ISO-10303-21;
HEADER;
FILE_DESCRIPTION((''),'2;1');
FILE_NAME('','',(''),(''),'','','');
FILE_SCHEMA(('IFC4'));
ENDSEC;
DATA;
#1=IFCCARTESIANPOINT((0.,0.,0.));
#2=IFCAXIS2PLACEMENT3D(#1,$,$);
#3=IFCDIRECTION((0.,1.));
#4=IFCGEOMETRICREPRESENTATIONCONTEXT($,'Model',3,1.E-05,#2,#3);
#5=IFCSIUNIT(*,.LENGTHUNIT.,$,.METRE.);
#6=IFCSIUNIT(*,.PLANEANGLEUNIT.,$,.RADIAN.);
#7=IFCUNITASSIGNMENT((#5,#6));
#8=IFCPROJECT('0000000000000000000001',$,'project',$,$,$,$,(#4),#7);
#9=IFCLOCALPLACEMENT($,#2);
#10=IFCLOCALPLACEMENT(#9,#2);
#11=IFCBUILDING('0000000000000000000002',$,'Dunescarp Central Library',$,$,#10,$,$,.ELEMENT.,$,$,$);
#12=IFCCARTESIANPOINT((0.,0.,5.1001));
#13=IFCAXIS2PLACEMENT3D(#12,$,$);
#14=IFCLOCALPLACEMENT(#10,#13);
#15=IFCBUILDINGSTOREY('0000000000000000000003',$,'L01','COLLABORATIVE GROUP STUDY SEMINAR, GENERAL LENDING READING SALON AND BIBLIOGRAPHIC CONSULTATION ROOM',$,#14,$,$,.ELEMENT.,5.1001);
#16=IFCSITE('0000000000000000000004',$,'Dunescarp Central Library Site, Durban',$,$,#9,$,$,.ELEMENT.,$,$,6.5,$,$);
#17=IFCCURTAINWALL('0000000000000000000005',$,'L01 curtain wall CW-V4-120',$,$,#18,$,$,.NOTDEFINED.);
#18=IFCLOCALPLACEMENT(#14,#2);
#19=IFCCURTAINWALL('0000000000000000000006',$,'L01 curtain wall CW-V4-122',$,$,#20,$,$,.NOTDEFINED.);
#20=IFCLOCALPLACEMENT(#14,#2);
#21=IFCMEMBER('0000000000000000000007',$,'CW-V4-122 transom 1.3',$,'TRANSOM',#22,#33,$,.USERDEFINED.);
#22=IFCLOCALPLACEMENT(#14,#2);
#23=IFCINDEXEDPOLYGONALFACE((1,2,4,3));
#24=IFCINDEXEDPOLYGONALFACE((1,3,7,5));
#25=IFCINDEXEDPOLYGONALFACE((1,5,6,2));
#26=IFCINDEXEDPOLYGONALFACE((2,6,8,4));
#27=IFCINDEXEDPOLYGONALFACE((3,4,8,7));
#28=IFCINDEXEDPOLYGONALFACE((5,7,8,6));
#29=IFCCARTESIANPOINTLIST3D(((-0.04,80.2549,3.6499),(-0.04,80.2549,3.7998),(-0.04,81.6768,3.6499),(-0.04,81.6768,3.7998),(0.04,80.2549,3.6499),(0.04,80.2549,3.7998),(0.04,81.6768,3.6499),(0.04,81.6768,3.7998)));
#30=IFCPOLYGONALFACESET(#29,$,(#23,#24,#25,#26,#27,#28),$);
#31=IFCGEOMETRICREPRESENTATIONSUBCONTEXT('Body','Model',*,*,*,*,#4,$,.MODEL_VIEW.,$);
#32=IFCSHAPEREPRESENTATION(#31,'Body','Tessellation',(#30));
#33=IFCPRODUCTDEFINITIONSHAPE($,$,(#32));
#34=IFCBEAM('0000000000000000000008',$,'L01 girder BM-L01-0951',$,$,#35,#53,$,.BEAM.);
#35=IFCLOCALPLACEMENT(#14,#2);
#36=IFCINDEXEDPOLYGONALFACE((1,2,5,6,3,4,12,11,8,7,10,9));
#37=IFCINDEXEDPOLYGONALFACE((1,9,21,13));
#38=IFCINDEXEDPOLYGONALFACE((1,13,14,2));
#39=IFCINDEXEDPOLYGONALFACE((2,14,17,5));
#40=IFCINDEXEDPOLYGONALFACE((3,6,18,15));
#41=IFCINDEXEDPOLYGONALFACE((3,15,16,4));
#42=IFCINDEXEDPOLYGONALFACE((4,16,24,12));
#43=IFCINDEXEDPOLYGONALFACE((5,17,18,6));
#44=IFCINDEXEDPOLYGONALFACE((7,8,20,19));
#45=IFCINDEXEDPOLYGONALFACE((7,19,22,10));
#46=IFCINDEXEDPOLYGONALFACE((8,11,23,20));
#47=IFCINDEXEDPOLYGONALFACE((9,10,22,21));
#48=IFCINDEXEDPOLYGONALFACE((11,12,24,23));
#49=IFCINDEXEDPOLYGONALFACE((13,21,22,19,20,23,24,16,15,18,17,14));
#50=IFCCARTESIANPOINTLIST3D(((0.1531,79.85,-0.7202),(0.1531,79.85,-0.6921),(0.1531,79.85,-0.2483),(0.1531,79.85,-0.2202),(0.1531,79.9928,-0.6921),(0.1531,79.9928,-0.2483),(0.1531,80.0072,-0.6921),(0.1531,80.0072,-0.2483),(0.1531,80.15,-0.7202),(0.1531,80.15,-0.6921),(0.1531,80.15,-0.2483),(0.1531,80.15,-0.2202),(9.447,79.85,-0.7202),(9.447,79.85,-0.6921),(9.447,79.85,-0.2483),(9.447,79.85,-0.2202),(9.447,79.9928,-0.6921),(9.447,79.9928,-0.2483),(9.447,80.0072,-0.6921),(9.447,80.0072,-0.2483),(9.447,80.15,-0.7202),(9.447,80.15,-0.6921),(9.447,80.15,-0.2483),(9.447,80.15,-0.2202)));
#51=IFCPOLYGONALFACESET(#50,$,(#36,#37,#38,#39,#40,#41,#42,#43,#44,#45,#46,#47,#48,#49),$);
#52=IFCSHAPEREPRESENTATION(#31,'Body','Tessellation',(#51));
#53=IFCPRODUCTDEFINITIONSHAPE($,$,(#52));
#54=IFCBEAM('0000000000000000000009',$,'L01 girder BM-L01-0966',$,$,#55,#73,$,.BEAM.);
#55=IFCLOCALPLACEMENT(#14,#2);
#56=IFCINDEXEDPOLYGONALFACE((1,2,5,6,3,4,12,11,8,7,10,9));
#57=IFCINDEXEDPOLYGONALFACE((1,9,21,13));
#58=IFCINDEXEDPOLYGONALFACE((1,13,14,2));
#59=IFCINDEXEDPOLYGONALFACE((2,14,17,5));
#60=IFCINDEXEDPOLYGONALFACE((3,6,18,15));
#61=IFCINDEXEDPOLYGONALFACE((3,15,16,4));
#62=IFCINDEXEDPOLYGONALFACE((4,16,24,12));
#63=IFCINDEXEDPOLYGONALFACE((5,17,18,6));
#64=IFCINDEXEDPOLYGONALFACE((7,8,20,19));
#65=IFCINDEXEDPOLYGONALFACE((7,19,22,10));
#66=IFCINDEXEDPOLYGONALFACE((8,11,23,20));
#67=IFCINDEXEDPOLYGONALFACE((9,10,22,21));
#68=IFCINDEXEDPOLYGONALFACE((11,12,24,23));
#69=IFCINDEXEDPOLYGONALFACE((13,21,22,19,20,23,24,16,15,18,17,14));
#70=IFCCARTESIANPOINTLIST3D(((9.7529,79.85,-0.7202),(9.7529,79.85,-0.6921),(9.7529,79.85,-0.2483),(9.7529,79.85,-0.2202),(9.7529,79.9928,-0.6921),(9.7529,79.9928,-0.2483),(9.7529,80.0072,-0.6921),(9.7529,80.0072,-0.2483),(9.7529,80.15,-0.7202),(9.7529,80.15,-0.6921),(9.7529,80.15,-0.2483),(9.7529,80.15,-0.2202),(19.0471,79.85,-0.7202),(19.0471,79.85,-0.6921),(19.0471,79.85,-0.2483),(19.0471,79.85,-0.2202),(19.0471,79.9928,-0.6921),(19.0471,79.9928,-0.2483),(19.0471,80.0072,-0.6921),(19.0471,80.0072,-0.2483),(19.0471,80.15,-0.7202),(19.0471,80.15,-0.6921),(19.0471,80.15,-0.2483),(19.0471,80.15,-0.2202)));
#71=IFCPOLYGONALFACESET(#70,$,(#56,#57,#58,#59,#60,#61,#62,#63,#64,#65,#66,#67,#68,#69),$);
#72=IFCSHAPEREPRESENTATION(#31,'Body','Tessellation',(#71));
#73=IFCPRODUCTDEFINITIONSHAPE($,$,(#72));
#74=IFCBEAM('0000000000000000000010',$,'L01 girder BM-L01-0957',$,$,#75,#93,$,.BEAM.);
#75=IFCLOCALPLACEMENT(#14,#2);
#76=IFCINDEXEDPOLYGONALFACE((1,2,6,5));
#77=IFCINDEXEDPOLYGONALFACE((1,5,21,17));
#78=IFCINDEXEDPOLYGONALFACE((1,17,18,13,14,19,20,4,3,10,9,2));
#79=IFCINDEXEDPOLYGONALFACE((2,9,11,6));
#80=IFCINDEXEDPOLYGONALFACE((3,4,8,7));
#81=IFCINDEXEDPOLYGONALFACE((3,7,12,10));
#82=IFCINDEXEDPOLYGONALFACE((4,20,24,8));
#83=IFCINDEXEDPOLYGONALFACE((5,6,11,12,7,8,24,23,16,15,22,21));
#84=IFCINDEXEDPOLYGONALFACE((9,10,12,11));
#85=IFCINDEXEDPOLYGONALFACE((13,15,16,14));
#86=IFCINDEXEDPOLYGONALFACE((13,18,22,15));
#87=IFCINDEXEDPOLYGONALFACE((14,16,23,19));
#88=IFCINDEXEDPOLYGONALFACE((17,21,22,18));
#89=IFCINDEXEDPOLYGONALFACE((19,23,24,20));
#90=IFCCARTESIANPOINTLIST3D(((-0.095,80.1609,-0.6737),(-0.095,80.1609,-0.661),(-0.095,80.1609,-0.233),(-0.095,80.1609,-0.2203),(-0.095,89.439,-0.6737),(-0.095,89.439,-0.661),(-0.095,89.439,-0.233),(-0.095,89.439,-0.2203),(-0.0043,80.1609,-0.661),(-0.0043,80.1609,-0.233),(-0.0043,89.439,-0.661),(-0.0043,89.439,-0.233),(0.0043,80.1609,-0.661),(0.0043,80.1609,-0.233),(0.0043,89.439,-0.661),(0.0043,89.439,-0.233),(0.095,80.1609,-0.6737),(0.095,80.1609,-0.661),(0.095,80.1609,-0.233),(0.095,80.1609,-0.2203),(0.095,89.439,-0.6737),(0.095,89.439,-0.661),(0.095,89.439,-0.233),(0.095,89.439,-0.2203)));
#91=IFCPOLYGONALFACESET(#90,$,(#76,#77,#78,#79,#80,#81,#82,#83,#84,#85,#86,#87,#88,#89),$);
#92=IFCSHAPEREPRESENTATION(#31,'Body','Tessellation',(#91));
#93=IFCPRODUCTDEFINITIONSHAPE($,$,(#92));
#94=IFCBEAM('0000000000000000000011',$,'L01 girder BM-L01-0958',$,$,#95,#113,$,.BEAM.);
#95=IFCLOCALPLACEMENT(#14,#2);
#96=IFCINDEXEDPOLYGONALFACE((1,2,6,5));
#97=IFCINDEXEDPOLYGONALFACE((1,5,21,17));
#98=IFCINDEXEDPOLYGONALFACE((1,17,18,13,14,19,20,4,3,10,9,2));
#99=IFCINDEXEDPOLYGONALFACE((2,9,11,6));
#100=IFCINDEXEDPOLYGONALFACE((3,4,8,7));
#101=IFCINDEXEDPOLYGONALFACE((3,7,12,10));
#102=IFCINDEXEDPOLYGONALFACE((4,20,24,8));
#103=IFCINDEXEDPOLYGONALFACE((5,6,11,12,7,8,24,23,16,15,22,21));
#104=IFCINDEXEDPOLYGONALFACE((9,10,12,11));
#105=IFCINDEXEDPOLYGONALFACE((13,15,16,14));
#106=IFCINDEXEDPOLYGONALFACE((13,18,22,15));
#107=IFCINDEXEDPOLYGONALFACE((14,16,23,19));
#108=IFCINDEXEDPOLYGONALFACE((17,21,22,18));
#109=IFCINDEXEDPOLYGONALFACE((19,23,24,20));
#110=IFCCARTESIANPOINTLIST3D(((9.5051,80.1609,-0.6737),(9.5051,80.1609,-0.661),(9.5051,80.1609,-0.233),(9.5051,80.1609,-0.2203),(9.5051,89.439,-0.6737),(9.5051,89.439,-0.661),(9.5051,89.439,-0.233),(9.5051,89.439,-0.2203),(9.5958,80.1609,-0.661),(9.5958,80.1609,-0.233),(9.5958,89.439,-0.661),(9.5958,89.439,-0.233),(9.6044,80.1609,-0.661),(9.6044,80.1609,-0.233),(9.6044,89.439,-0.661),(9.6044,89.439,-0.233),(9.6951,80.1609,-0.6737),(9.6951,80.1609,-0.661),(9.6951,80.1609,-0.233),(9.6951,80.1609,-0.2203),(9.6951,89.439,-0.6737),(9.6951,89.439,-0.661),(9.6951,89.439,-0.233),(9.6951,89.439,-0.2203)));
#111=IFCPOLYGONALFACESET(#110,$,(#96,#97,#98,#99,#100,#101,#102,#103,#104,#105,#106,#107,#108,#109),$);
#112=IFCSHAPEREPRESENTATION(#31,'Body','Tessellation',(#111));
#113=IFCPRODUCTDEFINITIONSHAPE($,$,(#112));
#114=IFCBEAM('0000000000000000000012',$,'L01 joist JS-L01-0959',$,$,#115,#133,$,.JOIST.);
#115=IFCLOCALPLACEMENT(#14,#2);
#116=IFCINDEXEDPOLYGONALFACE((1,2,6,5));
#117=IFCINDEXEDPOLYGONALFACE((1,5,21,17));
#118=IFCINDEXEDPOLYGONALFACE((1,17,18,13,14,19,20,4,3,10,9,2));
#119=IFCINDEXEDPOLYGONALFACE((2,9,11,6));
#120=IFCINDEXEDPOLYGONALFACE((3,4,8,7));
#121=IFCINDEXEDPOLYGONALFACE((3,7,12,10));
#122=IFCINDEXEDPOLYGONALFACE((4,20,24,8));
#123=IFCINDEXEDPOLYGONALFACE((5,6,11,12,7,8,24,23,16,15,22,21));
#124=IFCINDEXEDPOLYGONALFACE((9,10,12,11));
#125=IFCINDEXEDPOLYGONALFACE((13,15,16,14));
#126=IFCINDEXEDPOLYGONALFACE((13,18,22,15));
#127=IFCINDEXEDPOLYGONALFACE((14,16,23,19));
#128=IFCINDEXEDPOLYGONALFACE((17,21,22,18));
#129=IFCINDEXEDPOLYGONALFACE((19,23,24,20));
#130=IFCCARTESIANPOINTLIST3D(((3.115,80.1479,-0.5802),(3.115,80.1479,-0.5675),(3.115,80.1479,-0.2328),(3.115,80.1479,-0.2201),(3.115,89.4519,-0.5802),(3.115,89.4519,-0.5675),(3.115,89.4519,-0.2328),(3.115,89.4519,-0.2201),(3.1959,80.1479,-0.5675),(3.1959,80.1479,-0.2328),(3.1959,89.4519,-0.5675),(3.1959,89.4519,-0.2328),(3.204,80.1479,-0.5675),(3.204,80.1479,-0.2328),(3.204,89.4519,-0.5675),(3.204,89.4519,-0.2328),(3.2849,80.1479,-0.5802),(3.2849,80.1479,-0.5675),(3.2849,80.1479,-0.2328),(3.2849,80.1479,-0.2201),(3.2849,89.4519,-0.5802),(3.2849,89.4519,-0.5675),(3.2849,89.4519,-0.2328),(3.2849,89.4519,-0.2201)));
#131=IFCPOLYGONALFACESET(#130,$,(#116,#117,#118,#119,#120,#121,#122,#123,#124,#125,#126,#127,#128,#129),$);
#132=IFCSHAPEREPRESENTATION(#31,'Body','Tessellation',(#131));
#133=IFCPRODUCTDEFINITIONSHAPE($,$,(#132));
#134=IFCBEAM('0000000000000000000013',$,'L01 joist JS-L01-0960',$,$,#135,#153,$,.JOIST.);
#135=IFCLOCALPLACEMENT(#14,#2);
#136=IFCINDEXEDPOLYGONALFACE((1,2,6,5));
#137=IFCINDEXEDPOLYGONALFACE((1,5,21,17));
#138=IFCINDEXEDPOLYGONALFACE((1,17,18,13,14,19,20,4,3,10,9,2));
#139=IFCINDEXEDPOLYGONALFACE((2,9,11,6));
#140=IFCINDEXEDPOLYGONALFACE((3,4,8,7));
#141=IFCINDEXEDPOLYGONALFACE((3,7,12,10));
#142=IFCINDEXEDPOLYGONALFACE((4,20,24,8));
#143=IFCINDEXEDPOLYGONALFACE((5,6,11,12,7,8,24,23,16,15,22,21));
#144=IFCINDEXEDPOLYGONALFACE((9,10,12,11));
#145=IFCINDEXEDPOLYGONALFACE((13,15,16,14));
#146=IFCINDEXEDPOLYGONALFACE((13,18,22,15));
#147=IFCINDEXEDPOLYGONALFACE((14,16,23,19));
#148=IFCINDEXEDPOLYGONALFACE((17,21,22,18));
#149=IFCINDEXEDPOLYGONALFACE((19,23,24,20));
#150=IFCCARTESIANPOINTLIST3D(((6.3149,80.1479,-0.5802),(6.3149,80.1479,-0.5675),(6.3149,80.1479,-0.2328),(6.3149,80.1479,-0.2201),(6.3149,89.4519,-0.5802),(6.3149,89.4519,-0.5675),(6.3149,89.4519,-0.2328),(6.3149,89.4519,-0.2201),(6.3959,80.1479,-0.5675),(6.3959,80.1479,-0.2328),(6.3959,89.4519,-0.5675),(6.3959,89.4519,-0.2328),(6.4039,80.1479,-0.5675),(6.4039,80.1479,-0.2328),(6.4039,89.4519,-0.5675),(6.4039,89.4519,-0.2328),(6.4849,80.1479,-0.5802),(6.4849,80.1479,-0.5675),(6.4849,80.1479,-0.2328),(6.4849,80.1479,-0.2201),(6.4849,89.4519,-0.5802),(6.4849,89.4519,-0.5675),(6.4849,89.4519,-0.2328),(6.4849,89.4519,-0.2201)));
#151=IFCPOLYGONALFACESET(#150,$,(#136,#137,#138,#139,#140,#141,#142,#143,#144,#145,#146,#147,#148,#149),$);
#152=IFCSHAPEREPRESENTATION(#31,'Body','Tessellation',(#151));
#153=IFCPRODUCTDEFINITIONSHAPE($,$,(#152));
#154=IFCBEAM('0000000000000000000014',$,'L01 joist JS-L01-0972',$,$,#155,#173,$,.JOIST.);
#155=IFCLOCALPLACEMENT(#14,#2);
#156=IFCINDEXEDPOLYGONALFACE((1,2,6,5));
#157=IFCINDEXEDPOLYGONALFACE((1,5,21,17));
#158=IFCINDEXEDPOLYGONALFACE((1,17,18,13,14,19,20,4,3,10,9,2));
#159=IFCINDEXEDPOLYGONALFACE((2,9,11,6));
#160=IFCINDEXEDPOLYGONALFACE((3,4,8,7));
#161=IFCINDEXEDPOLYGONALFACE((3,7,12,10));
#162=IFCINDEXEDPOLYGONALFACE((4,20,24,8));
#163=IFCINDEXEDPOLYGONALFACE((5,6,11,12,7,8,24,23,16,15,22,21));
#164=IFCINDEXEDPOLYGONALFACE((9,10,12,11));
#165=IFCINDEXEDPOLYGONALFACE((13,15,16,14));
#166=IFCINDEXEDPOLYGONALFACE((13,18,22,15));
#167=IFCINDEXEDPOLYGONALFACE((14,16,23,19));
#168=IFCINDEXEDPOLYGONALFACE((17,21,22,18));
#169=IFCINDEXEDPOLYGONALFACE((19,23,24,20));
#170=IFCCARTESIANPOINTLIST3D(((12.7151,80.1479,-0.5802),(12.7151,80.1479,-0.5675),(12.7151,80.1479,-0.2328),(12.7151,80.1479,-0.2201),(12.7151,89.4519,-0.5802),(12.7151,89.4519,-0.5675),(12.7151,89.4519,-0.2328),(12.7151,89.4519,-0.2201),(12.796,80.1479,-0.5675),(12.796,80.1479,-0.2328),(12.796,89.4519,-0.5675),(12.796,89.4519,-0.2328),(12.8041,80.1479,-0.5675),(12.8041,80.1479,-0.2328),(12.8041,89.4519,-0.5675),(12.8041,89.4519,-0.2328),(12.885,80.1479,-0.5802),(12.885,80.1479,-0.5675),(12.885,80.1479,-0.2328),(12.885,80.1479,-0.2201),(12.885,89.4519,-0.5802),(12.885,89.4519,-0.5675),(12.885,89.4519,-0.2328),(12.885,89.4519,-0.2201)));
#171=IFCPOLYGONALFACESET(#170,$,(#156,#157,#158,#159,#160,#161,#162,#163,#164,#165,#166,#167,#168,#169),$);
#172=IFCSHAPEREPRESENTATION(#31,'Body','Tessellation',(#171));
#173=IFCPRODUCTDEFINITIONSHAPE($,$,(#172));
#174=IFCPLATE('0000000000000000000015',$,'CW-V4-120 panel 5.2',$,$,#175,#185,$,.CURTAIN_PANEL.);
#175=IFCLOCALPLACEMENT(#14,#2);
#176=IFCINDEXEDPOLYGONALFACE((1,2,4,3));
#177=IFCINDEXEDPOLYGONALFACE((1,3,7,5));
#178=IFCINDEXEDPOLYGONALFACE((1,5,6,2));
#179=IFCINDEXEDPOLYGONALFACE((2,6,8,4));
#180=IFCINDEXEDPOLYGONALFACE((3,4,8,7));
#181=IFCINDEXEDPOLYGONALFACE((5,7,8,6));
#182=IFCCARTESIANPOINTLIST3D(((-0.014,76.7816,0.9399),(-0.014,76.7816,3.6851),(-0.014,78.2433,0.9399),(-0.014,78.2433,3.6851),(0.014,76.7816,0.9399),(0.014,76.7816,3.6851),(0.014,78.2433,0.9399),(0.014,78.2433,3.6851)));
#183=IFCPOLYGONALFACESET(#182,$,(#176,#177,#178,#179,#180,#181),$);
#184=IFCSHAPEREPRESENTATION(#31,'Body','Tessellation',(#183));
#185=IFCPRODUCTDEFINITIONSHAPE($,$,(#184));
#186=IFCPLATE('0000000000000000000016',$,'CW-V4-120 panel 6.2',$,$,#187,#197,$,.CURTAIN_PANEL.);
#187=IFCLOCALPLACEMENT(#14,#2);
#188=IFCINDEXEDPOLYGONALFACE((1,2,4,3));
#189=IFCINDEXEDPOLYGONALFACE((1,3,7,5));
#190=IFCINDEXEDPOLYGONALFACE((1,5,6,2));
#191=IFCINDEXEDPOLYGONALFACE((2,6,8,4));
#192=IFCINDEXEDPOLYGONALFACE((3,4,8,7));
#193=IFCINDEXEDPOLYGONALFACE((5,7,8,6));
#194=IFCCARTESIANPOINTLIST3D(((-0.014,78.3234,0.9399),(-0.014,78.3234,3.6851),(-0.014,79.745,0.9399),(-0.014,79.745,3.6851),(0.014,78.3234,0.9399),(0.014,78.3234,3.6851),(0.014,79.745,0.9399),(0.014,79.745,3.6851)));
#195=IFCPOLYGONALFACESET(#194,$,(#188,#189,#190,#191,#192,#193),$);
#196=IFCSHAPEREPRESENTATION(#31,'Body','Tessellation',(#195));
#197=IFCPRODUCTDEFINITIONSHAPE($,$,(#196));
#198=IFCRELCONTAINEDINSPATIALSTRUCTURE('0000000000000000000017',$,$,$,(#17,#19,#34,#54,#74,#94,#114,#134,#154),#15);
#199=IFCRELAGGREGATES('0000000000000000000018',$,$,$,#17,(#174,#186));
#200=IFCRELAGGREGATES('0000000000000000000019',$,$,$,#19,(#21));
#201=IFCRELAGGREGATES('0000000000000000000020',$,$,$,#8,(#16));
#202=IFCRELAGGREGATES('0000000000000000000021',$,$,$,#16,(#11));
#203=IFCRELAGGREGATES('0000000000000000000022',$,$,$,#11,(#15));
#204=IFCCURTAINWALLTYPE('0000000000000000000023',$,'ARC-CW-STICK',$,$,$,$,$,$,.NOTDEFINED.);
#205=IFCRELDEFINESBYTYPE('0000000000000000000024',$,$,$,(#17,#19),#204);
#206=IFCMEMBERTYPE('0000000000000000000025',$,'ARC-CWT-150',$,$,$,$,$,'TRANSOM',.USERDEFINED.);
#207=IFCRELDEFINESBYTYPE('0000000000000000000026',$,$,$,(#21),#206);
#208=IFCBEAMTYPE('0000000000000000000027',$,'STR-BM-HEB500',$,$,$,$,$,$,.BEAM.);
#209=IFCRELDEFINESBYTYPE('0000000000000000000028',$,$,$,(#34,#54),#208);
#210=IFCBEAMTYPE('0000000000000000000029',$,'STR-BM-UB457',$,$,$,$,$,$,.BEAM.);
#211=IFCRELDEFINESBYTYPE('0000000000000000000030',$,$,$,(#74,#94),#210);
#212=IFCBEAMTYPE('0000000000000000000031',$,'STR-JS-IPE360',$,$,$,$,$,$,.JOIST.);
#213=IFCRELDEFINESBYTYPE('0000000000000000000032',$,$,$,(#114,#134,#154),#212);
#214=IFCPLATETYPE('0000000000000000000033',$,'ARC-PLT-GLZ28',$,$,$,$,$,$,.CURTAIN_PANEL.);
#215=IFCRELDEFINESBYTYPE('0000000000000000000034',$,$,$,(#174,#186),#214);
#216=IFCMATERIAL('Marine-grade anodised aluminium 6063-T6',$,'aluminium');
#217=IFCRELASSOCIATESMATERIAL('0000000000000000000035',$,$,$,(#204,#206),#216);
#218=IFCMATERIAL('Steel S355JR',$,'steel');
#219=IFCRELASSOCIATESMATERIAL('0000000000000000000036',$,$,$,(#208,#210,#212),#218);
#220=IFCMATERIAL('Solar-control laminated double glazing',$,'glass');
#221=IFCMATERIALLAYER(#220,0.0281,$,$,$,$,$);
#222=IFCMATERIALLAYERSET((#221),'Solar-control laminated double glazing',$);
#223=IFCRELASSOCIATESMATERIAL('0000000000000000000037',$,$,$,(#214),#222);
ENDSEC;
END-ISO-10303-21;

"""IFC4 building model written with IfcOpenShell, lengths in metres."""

from ifc_helpers import new_model, si_unit, direction, frame, origin, origin_2d, place, context, subcontext, project, spatial, rectangle, i_section, extrude, material, layer, layer_set, material_profile, profile_set, type_object, element, aggregate, save


model = new_model("IFC4")

# Units and contexts
model_context = context("Model", 3, precision=1e-05, world=origin(), true_north=direction((0.0, 1.0)))
body_context = subcontext(model_context, "Body", "Model", "MODEL_VIEW")
ifc_project = project(units=[si_unit("LENGTHUNIT", "METRE"), si_unit("PLANEANGLEUNIT", "RADIAN")], contexts=[model_context])

# Site, building, storey
site_placement = place(None, origin())
site = spatial("IfcSite", under=ifc_project, at=site_placement, Name="Dunescarp Central Library Site, Durban", CompositionType="ELEMENT", RefElevation=6.5)
building_placement = place(site_placement, origin())
building = spatial("IfcBuilding", under=site, at=building_placement, Name="Dunescarp Central Library", CompositionType="ELEMENT")
storey_placement = place(building_placement, frame((0.0, 0.0, 5.1001)))
storey = spatial("IfcBuildingStorey", under=building, at=storey_placement, Name="L01", Description="COLLABORATIVE GROUP STUDY SEMINAR, GENERAL LENDING READING SALON AND BIBLIOGRAPHIC CONSULTATION ROOM", CompositionType="ELEMENT", Elevation=5.1001)

# Shared definitions
ifc_material_1 = material(Name="Steel S355JR", Category="steel")

# Curtain walls
ifc_material_2 = material(Name="Marine-grade anodised aluminium 6063-T6", Category="aluminium")
curtain_wall_type = type_object("IfcCurtainWallType", Name="ARC-CW-STICK", PredefinedType="NOTDEFINED", material=ifc_material_2)
curtain_wall_1_placement = place(storey_placement, origin())
curtain_wall_1 = element("IfcCurtainWall", 1, at=curtain_wall_1_placement, inside=storey, type_object=curtain_wall_type, Name="L01 curtain wall CW-V4-120", PredefinedType="NOTDEFINED")
curtain_wall_2_placement = place(storey_placement, origin())
curtain_wall_2 = element("IfcCurtainWall", 2, at=curtain_wall_2_placement, inside=storey, type_object=curtain_wall_type, Name="L01 curtain wall CW-V4-122", PredefinedType="NOTDEFINED")

# Member
ifc_material_profile_1 = material_profile(ifc_material_2, rectangle(XDim=0.0801, YDim=0.1499, at=origin_2d()), Name="AL 80x150")
ifc_profile_set_1 = profile_set([ifc_material_profile_1], Name="Marine-grade anodised aluminium 6063-T6")
member_type_1 = type_object("IfcMemberType", Name="ARC-CWT-150", ElementType="TRANSOM", PredefinedType="USERDEFINED", material=ifc_profile_set_1)
member_1_placement = place(storey_placement, frame((0.0, 80.2549, 3.7249), z_axis=(0.0, 1.0, 0.0), x_axis=(-1.0, 0.0, 0.0)))
member_1 = element("IfcMember", 3, at=member_1_placement, type_object=member_type_1, Name="CW-V4-122 transom 1.3", ObjectType="TRANSOM", PredefinedType="USERDEFINED", context=body_context, shape_type="SweptSolid", body=[
    extrude(rectangle(XDim=0.0801, YDim=0.1499, at=origin_2d()), origin(), (0.0, 0.0, 1.0), 1.4219),
])

# Beams
ifc_material_profile_2 = material_profile(ifc_material_1, i_section(OverallWidth=0.3, OverallDepth=0.5, WebThickness=0.0144, FlangeThickness=0.0281, at=origin_2d()), Name="HEB 500")
ifc_profile_set_2 = profile_set([ifc_material_profile_2], Name="Steel S355JR")
beam_type_1 = type_object("IfcBeamType", Name="STR-BM-HEB500", PredefinedType="BEAM", material=ifc_profile_set_2)
beam_1_placement = place(storey_placement, frame((0.1531, 80.0, -0.4702), z_axis=(1.0, 0.0, 0.0), x_axis=(0.0, 1.0, 0.0)))
element("IfcBeam", 4, at=beam_1_placement, inside=storey, type_object=beam_type_1, Name="L01 girder BM-L01-0951", PredefinedType="BEAM", context=body_context, shape_type="SweptSolid", body=[
    extrude(i_section(OverallWidth=0.3, OverallDepth=0.5, WebThickness=0.0144, FlangeThickness=0.0281, at=origin_2d()), origin(), (0.0, 0.0, 1.0), 9.2939),
])
beam_2_placement = place(storey_placement, frame((9.7529, 80.0, -0.4702), z_axis=(1.0, 0.0, 0.0), x_axis=(0.0, 1.0, 0.0)))
element("IfcBeam", 5, at=beam_2_placement, inside=storey, type_object=beam_type_1, Name="L01 girder BM-L01-0966", PredefinedType="BEAM", context=body_context, shape_type="SweptSolid", body=[
    extrude(i_section(OverallWidth=0.3, OverallDepth=0.5, WebThickness=0.0144, FlangeThickness=0.0281, at=origin_2d()), origin(), (0.0, 0.0, 1.0), 9.2942),
])
ifc_material_profile_3 = material_profile(ifc_material_1, i_section(OverallWidth=0.1899, OverallDepth=0.4534, WebThickness=0.0085, FlangeThickness=0.0127, at=origin_2d()), Name="UB 457x191x67")
ifc_profile_set_3 = profile_set([ifc_material_profile_3], Name="Steel S355JR")
beam_type_2 = type_object("IfcBeamType", Name="STR-BM-UB457", PredefinedType="BEAM", material=ifc_profile_set_3)
for number, where, z_axis, x_axis, name in (
    (6, (0.0, 80.1609, -0.447), (0.0, 1.0, 0.0), (-1.0, 0.0, 0.0), "L01 girder BM-L01-0957"),
    (7, (9.6001, 80.1609, -0.447), (0.0, 1.0, 0.0), (-1.0, 0.0, 0.0), "L01 girder BM-L01-0958"),
):
    element("IfcBeam", number, at=place(storey_placement, frame(where, z_axis=z_axis, x_axis=x_axis)), inside=storey, type_object=beam_type_2, Name=name, PredefinedType="BEAM", context=body_context, shape_type="SweptSolid", body=[
        extrude(i_section(OverallWidth=0.1899, OverallDepth=0.4534, WebThickness=0.0085, FlangeThickness=0.0127, at=origin_2d()), origin(), (0.0, 0.0, 1.0), 9.2781),
    ])
ifc_material_profile_4 = material_profile(ifc_material_1, i_section(OverallWidth=0.1699, OverallDepth=0.3601, WebThickness=0.0081, FlangeThickness=0.0127, at=origin_2d()), Name="IPE 360")
ifc_profile_set_4 = profile_set([ifc_material_profile_4], Name="Steel S355JR")
beam_type_3 = type_object("IfcBeamType", Name="STR-JS-IPE360", PredefinedType="JOIST", material=ifc_profile_set_4)
for number, where, z_axis, x_axis, name in (
    (8, (3.2, 80.1479, -0.4001), (0.0, 1.0, 0.0), (-1.0, 0.0, 0.0), "L01 joist JS-L01-0959"),
    (9, (6.3999, 80.1479, -0.4001), (0.0, 1.0, 0.0), (-1.0, 0.0, 0.0), "L01 joist JS-L01-0960"),
    (10, (12.8, 80.1479, -0.4001), (0.0, 1.0, 0.0), (-1.0, 0.0, 0.0), "L01 joist JS-L01-0972"),
):
    element("IfcBeam", number, at=place(storey_placement, frame(where, z_axis=z_axis, x_axis=x_axis)), inside=storey, type_object=beam_type_3, Name=name, PredefinedType="JOIST", context=body_context, shape_type="SweptSolid", body=[
        extrude(i_section(OverallWidth=0.1699, OverallDepth=0.3601, WebThickness=0.0081, FlangeThickness=0.0127, at=origin_2d()), origin(), (0.0, 0.0, 1.0), 9.304),
    ])

# Plates
ifc_material_3 = material(Name="Solar-control laminated double glazing", Category="glass")
ifc_layer_1 = layer(ifc_material_3, 0.0281)
ifc_layer_set_1 = layer_set([ifc_layer_1], Name="Solar-control laminated double glazing")
plate_type_1 = type_object("IfcPlateType", Name="ARC-PLT-GLZ28", PredefinedType="CURTAIN_PANEL", material=ifc_layer_set_1)
plate_1_placement = place(storey_placement, frame((0.0, 77.5125, 0.9399), z_axis=(0.0, 0.0, 1.0), x_axis=(0.0, 1.0, 0.0)))
plate_1 = element("IfcPlate", 11, at=plate_1_placement, type_object=plate_type_1, Name="CW-V4-120 panel 5.2", PredefinedType="CURTAIN_PANEL", context=body_context, shape_type="SweptSolid", body=[
    extrude(rectangle(XDim=1.4617, YDim=0.0281, at=origin_2d()), origin(), (0.0, 0.0, 1.0), 2.7451),
])
plate_2_placement = place(storey_placement, frame((0.0, 79.0342, 0.9399), z_axis=(0.0, 0.0, 1.0), x_axis=(0.0, 1.0, 0.0)))
plate_2 = element("IfcPlate", 12, at=plate_2_placement, type_object=plate_type_1, Name="CW-V4-120 panel 6.2", PredefinedType="CURTAIN_PANEL", context=body_context, shape_type="SweptSolid", body=[
    extrude(rectangle(XDim=1.4216, YDim=0.0281, at=origin_2d()), origin(), (0.0, 0.0, 1.0), 2.7451),
])
aggregate(curtain_wall_1, [plate_1, plate_2])
aggregate(curtain_wall_2, [member_1])

save(model, "model.ifc")
